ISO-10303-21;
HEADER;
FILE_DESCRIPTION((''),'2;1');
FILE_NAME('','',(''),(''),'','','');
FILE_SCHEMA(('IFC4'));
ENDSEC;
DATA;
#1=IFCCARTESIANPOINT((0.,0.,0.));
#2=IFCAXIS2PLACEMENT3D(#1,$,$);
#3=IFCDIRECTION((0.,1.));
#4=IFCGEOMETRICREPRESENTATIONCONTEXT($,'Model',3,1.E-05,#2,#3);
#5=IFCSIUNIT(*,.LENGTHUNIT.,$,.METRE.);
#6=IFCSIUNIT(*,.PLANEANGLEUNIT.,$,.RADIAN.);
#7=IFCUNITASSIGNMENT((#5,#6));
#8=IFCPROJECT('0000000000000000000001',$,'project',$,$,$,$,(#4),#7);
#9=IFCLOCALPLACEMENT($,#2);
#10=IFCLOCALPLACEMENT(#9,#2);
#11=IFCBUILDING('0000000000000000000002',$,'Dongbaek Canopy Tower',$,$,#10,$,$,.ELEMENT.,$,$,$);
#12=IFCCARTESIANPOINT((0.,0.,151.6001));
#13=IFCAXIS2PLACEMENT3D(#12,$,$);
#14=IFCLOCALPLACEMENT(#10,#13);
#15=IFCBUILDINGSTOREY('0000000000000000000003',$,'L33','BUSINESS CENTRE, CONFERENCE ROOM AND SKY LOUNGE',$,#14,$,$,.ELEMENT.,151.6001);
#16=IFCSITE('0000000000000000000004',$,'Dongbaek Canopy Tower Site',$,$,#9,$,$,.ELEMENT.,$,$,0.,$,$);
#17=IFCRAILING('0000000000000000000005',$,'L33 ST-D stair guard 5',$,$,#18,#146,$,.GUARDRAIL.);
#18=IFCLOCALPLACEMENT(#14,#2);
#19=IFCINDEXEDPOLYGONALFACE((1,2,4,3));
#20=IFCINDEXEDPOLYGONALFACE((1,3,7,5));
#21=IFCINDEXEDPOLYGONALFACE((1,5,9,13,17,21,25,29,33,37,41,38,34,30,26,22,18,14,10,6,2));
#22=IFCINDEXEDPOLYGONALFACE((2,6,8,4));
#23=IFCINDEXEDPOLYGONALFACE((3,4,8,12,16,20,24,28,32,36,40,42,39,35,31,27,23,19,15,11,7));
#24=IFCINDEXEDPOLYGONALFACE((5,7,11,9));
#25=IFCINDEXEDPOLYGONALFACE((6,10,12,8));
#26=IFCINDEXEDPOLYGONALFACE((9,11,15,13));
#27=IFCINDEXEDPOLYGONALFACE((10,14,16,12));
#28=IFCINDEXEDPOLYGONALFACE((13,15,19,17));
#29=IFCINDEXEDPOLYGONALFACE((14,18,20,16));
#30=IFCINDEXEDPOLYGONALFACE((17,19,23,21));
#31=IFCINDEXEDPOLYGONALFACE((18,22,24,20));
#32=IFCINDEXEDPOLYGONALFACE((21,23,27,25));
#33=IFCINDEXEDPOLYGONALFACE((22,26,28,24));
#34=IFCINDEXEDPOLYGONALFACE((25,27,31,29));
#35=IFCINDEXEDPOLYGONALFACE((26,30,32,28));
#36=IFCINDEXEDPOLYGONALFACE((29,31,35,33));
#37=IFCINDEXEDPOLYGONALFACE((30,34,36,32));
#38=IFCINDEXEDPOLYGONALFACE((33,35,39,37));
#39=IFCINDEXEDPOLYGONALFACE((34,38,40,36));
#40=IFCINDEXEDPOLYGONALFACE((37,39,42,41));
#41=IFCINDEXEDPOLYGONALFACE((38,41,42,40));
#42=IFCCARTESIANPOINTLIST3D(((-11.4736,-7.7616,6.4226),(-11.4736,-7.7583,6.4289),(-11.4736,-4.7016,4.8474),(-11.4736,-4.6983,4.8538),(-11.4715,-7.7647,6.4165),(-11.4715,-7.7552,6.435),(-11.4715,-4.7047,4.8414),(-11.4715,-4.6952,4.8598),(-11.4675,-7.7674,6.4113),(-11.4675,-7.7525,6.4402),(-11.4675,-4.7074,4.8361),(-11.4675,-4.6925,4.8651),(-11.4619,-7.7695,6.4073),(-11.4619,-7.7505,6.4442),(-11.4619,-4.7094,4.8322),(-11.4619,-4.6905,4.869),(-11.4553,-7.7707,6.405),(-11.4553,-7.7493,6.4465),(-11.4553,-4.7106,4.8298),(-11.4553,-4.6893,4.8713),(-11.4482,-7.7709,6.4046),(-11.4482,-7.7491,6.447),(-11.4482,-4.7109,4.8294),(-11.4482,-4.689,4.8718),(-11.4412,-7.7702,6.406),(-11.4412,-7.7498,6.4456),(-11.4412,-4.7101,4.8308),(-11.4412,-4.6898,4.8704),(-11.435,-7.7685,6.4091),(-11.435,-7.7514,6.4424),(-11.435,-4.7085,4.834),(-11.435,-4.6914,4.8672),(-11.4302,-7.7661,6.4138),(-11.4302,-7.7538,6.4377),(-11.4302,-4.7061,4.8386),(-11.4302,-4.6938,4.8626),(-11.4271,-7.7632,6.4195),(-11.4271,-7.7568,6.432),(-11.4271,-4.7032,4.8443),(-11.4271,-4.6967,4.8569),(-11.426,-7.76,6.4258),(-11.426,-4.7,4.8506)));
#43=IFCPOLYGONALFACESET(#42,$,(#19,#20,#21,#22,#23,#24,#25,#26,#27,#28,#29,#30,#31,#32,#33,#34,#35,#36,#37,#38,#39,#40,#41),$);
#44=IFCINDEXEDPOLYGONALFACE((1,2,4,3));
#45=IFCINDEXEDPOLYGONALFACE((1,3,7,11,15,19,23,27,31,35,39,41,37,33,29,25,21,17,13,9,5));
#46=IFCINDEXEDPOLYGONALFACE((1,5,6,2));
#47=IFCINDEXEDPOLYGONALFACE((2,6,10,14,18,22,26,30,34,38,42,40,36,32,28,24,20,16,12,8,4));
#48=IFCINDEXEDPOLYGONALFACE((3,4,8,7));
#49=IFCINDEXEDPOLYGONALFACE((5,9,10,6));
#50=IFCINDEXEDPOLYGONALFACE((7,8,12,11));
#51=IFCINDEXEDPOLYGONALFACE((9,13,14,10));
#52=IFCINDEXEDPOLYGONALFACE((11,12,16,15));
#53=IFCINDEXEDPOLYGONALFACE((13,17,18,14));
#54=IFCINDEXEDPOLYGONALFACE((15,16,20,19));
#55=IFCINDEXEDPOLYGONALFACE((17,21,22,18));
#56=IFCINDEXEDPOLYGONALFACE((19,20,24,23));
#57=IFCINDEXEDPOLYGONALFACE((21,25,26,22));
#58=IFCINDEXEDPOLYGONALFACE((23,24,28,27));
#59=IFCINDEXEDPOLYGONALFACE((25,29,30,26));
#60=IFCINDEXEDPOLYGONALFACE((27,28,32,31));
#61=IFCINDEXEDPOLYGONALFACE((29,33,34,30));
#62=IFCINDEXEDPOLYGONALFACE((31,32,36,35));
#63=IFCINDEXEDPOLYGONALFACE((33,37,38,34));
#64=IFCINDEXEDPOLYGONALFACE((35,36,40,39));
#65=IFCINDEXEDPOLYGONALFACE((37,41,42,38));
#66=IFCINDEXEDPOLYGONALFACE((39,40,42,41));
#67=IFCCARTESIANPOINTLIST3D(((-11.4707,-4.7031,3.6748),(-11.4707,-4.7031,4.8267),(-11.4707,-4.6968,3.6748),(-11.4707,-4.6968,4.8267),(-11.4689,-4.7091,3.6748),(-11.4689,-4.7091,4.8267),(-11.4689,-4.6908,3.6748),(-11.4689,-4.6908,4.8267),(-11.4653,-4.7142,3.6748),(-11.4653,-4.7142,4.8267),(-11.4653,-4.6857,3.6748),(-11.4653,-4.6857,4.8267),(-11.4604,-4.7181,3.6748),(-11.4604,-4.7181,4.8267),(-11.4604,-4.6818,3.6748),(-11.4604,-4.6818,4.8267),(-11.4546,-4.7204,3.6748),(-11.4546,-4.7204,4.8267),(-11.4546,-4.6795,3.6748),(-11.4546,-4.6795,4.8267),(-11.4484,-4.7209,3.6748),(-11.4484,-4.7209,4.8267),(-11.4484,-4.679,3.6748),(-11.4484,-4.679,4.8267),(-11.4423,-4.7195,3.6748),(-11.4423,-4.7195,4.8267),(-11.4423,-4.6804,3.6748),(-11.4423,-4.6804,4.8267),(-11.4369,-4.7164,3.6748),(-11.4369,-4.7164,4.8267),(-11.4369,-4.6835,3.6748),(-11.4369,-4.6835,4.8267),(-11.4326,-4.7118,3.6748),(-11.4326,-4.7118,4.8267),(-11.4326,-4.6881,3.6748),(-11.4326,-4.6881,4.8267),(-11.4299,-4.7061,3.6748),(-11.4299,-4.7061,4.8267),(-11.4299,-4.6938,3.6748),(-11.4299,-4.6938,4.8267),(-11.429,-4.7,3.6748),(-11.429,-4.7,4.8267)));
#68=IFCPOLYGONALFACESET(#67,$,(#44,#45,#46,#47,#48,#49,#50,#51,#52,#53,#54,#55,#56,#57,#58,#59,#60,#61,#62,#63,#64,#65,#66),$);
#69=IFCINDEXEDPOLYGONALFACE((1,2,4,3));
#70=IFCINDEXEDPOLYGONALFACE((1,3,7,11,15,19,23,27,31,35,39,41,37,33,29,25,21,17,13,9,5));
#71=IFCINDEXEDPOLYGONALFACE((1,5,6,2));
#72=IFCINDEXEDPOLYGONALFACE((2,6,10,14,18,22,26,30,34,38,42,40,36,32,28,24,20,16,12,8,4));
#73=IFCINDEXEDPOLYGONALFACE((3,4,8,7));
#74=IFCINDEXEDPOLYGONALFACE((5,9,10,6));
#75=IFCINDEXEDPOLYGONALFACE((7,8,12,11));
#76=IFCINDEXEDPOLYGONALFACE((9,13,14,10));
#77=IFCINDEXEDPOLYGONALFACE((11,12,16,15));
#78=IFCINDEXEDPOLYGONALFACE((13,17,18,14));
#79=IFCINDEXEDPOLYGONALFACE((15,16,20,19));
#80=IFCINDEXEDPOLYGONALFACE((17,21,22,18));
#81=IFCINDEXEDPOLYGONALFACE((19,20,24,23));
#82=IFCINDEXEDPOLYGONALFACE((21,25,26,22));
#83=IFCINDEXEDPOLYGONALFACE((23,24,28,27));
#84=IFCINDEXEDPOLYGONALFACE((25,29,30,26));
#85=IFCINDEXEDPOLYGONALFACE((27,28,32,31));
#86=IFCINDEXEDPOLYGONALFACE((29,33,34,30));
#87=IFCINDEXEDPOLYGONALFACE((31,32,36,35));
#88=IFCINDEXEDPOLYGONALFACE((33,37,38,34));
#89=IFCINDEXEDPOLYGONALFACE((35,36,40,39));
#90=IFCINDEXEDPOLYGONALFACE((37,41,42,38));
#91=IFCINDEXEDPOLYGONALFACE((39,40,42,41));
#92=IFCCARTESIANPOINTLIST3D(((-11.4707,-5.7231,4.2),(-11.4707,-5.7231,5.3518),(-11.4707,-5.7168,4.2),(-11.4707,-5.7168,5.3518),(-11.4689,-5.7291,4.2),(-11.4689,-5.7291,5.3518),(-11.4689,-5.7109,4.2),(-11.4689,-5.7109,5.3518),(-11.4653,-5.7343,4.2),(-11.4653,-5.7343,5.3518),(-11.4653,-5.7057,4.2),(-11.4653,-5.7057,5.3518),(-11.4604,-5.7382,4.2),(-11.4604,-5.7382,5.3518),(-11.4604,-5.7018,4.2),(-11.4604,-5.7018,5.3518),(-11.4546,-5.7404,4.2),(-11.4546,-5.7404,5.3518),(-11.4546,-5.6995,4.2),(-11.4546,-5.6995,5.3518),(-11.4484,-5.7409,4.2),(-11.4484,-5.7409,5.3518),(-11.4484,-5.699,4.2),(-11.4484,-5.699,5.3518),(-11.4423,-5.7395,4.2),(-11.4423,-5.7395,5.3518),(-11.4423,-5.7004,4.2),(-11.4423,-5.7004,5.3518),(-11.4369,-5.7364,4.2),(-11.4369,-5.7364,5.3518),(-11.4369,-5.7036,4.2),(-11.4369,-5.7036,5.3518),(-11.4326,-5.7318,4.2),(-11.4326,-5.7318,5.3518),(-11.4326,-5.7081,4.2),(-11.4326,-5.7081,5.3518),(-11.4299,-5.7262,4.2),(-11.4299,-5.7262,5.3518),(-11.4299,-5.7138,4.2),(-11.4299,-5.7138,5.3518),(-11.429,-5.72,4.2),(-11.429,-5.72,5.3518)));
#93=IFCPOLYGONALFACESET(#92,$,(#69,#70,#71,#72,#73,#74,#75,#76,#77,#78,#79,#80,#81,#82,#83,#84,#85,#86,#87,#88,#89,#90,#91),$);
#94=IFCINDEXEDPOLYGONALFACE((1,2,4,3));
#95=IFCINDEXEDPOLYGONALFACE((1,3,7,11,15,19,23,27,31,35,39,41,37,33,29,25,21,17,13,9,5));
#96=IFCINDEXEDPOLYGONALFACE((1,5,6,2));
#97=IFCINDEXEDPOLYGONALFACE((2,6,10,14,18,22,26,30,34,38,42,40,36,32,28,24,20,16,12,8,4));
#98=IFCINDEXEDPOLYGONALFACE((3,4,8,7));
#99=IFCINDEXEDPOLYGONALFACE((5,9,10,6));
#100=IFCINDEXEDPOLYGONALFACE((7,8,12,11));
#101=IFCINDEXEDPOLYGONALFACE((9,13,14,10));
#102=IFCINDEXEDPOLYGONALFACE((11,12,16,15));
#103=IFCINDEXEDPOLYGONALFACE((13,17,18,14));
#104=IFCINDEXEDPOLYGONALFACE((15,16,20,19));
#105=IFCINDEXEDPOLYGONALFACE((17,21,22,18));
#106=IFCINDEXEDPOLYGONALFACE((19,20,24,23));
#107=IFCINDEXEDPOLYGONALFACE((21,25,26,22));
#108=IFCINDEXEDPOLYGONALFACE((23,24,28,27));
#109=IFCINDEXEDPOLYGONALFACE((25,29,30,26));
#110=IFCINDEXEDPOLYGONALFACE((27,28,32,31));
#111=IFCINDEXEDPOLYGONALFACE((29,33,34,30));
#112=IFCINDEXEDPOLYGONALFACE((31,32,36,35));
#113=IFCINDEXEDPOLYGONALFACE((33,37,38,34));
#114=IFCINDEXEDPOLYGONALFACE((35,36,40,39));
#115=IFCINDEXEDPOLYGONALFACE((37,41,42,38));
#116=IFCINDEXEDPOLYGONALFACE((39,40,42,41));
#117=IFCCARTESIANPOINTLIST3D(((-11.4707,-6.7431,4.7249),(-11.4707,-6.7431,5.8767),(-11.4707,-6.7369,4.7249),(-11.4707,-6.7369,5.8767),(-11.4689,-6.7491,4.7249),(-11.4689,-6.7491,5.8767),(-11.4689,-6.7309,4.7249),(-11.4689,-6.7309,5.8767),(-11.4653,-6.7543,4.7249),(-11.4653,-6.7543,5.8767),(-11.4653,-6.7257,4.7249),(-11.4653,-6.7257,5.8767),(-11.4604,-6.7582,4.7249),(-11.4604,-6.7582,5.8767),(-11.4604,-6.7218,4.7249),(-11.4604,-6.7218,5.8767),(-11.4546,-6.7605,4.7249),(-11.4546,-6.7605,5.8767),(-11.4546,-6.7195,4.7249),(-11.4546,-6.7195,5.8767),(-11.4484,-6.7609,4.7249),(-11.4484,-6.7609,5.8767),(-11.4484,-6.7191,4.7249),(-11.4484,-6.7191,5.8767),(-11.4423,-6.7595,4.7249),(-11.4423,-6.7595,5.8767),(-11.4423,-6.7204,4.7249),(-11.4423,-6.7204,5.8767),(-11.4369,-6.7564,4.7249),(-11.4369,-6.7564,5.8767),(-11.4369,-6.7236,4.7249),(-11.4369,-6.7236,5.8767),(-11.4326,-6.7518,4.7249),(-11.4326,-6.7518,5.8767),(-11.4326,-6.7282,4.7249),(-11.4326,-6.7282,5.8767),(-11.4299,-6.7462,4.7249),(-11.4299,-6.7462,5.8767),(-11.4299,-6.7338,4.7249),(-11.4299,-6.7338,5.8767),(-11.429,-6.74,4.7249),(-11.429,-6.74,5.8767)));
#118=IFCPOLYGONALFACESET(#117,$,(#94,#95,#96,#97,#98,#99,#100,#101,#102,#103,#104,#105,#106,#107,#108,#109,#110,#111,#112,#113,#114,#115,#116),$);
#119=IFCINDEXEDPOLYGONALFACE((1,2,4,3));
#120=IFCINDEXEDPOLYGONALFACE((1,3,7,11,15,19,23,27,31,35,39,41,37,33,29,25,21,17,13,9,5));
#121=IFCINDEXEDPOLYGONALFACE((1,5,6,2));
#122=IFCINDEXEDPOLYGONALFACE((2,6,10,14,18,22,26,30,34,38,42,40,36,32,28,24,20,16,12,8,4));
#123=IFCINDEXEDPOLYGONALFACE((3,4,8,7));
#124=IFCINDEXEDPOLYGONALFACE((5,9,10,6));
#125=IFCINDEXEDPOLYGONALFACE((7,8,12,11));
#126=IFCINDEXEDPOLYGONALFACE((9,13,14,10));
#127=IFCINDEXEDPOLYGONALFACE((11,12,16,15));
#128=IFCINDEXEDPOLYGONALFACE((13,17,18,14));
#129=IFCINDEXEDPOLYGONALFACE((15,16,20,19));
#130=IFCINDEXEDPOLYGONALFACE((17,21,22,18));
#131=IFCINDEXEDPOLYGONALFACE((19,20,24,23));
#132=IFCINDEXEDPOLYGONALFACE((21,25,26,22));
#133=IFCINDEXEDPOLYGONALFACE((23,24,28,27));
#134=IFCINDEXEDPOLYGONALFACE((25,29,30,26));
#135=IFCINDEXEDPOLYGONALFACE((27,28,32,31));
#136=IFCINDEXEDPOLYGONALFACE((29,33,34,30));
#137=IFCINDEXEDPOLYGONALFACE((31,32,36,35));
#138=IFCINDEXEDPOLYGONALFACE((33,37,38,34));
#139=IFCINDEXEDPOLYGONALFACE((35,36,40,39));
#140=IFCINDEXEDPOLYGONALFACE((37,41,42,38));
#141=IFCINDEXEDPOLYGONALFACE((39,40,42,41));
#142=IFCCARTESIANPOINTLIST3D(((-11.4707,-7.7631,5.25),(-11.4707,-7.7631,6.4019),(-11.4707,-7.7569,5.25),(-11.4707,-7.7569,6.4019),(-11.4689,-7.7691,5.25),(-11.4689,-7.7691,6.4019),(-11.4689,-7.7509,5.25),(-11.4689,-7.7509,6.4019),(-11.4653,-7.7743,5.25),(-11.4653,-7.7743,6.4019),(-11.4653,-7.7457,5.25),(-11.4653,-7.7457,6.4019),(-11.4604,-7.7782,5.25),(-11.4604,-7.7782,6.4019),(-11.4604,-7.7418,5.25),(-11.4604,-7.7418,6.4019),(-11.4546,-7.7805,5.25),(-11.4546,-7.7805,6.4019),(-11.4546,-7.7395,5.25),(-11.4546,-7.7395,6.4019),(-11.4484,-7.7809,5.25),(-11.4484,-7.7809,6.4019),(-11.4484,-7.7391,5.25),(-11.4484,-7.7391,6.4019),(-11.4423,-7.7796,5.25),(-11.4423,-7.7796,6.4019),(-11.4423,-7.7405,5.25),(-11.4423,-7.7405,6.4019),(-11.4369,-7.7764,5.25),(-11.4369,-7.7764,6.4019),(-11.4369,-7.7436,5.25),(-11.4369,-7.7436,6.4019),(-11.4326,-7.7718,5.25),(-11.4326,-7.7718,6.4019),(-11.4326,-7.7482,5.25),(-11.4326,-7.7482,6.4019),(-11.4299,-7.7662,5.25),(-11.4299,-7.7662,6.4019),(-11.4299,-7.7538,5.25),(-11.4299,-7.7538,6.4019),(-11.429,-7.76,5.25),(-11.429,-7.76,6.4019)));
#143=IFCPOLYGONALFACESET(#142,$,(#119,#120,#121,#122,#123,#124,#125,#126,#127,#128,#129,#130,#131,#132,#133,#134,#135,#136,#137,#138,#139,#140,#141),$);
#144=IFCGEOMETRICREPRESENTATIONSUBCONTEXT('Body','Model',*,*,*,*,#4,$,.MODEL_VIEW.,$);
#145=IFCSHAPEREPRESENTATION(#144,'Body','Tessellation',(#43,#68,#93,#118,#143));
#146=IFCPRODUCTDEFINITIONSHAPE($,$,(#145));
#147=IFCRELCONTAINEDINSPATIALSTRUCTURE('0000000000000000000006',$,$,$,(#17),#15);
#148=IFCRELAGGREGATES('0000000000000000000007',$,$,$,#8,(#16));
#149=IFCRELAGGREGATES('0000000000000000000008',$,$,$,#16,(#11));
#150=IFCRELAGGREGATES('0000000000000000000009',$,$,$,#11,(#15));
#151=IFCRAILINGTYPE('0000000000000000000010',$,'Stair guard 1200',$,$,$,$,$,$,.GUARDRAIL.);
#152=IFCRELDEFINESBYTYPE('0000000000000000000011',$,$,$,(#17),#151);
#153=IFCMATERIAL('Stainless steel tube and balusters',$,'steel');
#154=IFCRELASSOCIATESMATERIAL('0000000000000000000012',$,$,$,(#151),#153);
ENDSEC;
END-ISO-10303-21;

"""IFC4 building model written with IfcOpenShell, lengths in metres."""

from ifc_helpers import new_model, si_unit, direction, frame, origin, origin_2d, place, context, subcontext, project, spatial, circle, extrude, material, type_object, element, save


model = new_model("IFC4")

# Units and contexts
model_context = context("Model", 3, precision=1e-05, world=origin(), true_north=direction((0.0, 1.0)))
body_context = subcontext(model_context, "Body", "Model", "MODEL_VIEW")
ifc_project = project(units=[si_unit("LENGTHUNIT", "METRE"), si_unit("PLANEANGLEUNIT", "RADIAN")], contexts=[model_context])

# Site, building, storey
site_placement = place(None, origin())
site = spatial("IfcSite", under=ifc_project, at=site_placement, Name="Dongbaek Canopy Tower Site", CompositionType="ELEMENT", RefElevation=0.0)
building_placement = place(site_placement, origin())
building = spatial("IfcBuilding", under=site, at=building_placement, Name="Dongbaek Canopy Tower", CompositionType="ELEMENT")
storey_placement = place(building_placement, frame((0.0, 0.0, 151.6001)))
storey = spatial("IfcBuildingStorey", under=building, at=storey_placement, Name="L33", Description="BUSINESS CENTRE, CONFERENCE ROOM AND SKY LOUNGE", CompositionType="ELEMENT", Elevation=151.6001)

# Railing
ifc_material_1 = material(Name="Stainless steel tube and balusters", Category="steel")
railing_type_1 = type_object("IfcRailingType", Name="Stair guard 1200", PredefinedType="GUARDRAIL", material=ifc_material_1)
railing_1_placement = place(storey_placement, frame((-11.45, -4.7, 3.6748)))
element("IfcRailing", 1, at=railing_1_placement, inside=storey, type_object=railing_type_1, Name="L33 ST-D stair guard 5", PredefinedType="GUARDRAIL", context=body_context, shape_type="SweptSolid", body=[
    extrude(circle(Radius=0.0239, at=origin_2d()), frame((0.0, 0.0, 1.1758), z_axis=(0.0, -0.889116, 0.457681), x_axis=(1.0, 0.0, 0.0)), (0.0, 0.0, 1.0), 3.4417),
    extrude(circle(Radius=0.021, at=origin_2d()), origin(), (0.0, 0.0, 1.0), 1.1519),
    extrude(circle(Radius=0.021, at=origin_2d()), frame((0.0, -1.02, 0.5251)), (0.0, 0.0, 1.0), 1.1519),
    extrude(circle(Radius=0.021, at=origin_2d()), frame((0.0, -2.04, 1.05)), (0.0, 0.0, 1.0), 1.1519),
    extrude(circle(Radius=0.021, at=origin_2d()), frame((0.0, -3.0601, 1.5752)), (0.0, 0.0, 1.0), 1.1519),
])

save(model, "model.ifc")
